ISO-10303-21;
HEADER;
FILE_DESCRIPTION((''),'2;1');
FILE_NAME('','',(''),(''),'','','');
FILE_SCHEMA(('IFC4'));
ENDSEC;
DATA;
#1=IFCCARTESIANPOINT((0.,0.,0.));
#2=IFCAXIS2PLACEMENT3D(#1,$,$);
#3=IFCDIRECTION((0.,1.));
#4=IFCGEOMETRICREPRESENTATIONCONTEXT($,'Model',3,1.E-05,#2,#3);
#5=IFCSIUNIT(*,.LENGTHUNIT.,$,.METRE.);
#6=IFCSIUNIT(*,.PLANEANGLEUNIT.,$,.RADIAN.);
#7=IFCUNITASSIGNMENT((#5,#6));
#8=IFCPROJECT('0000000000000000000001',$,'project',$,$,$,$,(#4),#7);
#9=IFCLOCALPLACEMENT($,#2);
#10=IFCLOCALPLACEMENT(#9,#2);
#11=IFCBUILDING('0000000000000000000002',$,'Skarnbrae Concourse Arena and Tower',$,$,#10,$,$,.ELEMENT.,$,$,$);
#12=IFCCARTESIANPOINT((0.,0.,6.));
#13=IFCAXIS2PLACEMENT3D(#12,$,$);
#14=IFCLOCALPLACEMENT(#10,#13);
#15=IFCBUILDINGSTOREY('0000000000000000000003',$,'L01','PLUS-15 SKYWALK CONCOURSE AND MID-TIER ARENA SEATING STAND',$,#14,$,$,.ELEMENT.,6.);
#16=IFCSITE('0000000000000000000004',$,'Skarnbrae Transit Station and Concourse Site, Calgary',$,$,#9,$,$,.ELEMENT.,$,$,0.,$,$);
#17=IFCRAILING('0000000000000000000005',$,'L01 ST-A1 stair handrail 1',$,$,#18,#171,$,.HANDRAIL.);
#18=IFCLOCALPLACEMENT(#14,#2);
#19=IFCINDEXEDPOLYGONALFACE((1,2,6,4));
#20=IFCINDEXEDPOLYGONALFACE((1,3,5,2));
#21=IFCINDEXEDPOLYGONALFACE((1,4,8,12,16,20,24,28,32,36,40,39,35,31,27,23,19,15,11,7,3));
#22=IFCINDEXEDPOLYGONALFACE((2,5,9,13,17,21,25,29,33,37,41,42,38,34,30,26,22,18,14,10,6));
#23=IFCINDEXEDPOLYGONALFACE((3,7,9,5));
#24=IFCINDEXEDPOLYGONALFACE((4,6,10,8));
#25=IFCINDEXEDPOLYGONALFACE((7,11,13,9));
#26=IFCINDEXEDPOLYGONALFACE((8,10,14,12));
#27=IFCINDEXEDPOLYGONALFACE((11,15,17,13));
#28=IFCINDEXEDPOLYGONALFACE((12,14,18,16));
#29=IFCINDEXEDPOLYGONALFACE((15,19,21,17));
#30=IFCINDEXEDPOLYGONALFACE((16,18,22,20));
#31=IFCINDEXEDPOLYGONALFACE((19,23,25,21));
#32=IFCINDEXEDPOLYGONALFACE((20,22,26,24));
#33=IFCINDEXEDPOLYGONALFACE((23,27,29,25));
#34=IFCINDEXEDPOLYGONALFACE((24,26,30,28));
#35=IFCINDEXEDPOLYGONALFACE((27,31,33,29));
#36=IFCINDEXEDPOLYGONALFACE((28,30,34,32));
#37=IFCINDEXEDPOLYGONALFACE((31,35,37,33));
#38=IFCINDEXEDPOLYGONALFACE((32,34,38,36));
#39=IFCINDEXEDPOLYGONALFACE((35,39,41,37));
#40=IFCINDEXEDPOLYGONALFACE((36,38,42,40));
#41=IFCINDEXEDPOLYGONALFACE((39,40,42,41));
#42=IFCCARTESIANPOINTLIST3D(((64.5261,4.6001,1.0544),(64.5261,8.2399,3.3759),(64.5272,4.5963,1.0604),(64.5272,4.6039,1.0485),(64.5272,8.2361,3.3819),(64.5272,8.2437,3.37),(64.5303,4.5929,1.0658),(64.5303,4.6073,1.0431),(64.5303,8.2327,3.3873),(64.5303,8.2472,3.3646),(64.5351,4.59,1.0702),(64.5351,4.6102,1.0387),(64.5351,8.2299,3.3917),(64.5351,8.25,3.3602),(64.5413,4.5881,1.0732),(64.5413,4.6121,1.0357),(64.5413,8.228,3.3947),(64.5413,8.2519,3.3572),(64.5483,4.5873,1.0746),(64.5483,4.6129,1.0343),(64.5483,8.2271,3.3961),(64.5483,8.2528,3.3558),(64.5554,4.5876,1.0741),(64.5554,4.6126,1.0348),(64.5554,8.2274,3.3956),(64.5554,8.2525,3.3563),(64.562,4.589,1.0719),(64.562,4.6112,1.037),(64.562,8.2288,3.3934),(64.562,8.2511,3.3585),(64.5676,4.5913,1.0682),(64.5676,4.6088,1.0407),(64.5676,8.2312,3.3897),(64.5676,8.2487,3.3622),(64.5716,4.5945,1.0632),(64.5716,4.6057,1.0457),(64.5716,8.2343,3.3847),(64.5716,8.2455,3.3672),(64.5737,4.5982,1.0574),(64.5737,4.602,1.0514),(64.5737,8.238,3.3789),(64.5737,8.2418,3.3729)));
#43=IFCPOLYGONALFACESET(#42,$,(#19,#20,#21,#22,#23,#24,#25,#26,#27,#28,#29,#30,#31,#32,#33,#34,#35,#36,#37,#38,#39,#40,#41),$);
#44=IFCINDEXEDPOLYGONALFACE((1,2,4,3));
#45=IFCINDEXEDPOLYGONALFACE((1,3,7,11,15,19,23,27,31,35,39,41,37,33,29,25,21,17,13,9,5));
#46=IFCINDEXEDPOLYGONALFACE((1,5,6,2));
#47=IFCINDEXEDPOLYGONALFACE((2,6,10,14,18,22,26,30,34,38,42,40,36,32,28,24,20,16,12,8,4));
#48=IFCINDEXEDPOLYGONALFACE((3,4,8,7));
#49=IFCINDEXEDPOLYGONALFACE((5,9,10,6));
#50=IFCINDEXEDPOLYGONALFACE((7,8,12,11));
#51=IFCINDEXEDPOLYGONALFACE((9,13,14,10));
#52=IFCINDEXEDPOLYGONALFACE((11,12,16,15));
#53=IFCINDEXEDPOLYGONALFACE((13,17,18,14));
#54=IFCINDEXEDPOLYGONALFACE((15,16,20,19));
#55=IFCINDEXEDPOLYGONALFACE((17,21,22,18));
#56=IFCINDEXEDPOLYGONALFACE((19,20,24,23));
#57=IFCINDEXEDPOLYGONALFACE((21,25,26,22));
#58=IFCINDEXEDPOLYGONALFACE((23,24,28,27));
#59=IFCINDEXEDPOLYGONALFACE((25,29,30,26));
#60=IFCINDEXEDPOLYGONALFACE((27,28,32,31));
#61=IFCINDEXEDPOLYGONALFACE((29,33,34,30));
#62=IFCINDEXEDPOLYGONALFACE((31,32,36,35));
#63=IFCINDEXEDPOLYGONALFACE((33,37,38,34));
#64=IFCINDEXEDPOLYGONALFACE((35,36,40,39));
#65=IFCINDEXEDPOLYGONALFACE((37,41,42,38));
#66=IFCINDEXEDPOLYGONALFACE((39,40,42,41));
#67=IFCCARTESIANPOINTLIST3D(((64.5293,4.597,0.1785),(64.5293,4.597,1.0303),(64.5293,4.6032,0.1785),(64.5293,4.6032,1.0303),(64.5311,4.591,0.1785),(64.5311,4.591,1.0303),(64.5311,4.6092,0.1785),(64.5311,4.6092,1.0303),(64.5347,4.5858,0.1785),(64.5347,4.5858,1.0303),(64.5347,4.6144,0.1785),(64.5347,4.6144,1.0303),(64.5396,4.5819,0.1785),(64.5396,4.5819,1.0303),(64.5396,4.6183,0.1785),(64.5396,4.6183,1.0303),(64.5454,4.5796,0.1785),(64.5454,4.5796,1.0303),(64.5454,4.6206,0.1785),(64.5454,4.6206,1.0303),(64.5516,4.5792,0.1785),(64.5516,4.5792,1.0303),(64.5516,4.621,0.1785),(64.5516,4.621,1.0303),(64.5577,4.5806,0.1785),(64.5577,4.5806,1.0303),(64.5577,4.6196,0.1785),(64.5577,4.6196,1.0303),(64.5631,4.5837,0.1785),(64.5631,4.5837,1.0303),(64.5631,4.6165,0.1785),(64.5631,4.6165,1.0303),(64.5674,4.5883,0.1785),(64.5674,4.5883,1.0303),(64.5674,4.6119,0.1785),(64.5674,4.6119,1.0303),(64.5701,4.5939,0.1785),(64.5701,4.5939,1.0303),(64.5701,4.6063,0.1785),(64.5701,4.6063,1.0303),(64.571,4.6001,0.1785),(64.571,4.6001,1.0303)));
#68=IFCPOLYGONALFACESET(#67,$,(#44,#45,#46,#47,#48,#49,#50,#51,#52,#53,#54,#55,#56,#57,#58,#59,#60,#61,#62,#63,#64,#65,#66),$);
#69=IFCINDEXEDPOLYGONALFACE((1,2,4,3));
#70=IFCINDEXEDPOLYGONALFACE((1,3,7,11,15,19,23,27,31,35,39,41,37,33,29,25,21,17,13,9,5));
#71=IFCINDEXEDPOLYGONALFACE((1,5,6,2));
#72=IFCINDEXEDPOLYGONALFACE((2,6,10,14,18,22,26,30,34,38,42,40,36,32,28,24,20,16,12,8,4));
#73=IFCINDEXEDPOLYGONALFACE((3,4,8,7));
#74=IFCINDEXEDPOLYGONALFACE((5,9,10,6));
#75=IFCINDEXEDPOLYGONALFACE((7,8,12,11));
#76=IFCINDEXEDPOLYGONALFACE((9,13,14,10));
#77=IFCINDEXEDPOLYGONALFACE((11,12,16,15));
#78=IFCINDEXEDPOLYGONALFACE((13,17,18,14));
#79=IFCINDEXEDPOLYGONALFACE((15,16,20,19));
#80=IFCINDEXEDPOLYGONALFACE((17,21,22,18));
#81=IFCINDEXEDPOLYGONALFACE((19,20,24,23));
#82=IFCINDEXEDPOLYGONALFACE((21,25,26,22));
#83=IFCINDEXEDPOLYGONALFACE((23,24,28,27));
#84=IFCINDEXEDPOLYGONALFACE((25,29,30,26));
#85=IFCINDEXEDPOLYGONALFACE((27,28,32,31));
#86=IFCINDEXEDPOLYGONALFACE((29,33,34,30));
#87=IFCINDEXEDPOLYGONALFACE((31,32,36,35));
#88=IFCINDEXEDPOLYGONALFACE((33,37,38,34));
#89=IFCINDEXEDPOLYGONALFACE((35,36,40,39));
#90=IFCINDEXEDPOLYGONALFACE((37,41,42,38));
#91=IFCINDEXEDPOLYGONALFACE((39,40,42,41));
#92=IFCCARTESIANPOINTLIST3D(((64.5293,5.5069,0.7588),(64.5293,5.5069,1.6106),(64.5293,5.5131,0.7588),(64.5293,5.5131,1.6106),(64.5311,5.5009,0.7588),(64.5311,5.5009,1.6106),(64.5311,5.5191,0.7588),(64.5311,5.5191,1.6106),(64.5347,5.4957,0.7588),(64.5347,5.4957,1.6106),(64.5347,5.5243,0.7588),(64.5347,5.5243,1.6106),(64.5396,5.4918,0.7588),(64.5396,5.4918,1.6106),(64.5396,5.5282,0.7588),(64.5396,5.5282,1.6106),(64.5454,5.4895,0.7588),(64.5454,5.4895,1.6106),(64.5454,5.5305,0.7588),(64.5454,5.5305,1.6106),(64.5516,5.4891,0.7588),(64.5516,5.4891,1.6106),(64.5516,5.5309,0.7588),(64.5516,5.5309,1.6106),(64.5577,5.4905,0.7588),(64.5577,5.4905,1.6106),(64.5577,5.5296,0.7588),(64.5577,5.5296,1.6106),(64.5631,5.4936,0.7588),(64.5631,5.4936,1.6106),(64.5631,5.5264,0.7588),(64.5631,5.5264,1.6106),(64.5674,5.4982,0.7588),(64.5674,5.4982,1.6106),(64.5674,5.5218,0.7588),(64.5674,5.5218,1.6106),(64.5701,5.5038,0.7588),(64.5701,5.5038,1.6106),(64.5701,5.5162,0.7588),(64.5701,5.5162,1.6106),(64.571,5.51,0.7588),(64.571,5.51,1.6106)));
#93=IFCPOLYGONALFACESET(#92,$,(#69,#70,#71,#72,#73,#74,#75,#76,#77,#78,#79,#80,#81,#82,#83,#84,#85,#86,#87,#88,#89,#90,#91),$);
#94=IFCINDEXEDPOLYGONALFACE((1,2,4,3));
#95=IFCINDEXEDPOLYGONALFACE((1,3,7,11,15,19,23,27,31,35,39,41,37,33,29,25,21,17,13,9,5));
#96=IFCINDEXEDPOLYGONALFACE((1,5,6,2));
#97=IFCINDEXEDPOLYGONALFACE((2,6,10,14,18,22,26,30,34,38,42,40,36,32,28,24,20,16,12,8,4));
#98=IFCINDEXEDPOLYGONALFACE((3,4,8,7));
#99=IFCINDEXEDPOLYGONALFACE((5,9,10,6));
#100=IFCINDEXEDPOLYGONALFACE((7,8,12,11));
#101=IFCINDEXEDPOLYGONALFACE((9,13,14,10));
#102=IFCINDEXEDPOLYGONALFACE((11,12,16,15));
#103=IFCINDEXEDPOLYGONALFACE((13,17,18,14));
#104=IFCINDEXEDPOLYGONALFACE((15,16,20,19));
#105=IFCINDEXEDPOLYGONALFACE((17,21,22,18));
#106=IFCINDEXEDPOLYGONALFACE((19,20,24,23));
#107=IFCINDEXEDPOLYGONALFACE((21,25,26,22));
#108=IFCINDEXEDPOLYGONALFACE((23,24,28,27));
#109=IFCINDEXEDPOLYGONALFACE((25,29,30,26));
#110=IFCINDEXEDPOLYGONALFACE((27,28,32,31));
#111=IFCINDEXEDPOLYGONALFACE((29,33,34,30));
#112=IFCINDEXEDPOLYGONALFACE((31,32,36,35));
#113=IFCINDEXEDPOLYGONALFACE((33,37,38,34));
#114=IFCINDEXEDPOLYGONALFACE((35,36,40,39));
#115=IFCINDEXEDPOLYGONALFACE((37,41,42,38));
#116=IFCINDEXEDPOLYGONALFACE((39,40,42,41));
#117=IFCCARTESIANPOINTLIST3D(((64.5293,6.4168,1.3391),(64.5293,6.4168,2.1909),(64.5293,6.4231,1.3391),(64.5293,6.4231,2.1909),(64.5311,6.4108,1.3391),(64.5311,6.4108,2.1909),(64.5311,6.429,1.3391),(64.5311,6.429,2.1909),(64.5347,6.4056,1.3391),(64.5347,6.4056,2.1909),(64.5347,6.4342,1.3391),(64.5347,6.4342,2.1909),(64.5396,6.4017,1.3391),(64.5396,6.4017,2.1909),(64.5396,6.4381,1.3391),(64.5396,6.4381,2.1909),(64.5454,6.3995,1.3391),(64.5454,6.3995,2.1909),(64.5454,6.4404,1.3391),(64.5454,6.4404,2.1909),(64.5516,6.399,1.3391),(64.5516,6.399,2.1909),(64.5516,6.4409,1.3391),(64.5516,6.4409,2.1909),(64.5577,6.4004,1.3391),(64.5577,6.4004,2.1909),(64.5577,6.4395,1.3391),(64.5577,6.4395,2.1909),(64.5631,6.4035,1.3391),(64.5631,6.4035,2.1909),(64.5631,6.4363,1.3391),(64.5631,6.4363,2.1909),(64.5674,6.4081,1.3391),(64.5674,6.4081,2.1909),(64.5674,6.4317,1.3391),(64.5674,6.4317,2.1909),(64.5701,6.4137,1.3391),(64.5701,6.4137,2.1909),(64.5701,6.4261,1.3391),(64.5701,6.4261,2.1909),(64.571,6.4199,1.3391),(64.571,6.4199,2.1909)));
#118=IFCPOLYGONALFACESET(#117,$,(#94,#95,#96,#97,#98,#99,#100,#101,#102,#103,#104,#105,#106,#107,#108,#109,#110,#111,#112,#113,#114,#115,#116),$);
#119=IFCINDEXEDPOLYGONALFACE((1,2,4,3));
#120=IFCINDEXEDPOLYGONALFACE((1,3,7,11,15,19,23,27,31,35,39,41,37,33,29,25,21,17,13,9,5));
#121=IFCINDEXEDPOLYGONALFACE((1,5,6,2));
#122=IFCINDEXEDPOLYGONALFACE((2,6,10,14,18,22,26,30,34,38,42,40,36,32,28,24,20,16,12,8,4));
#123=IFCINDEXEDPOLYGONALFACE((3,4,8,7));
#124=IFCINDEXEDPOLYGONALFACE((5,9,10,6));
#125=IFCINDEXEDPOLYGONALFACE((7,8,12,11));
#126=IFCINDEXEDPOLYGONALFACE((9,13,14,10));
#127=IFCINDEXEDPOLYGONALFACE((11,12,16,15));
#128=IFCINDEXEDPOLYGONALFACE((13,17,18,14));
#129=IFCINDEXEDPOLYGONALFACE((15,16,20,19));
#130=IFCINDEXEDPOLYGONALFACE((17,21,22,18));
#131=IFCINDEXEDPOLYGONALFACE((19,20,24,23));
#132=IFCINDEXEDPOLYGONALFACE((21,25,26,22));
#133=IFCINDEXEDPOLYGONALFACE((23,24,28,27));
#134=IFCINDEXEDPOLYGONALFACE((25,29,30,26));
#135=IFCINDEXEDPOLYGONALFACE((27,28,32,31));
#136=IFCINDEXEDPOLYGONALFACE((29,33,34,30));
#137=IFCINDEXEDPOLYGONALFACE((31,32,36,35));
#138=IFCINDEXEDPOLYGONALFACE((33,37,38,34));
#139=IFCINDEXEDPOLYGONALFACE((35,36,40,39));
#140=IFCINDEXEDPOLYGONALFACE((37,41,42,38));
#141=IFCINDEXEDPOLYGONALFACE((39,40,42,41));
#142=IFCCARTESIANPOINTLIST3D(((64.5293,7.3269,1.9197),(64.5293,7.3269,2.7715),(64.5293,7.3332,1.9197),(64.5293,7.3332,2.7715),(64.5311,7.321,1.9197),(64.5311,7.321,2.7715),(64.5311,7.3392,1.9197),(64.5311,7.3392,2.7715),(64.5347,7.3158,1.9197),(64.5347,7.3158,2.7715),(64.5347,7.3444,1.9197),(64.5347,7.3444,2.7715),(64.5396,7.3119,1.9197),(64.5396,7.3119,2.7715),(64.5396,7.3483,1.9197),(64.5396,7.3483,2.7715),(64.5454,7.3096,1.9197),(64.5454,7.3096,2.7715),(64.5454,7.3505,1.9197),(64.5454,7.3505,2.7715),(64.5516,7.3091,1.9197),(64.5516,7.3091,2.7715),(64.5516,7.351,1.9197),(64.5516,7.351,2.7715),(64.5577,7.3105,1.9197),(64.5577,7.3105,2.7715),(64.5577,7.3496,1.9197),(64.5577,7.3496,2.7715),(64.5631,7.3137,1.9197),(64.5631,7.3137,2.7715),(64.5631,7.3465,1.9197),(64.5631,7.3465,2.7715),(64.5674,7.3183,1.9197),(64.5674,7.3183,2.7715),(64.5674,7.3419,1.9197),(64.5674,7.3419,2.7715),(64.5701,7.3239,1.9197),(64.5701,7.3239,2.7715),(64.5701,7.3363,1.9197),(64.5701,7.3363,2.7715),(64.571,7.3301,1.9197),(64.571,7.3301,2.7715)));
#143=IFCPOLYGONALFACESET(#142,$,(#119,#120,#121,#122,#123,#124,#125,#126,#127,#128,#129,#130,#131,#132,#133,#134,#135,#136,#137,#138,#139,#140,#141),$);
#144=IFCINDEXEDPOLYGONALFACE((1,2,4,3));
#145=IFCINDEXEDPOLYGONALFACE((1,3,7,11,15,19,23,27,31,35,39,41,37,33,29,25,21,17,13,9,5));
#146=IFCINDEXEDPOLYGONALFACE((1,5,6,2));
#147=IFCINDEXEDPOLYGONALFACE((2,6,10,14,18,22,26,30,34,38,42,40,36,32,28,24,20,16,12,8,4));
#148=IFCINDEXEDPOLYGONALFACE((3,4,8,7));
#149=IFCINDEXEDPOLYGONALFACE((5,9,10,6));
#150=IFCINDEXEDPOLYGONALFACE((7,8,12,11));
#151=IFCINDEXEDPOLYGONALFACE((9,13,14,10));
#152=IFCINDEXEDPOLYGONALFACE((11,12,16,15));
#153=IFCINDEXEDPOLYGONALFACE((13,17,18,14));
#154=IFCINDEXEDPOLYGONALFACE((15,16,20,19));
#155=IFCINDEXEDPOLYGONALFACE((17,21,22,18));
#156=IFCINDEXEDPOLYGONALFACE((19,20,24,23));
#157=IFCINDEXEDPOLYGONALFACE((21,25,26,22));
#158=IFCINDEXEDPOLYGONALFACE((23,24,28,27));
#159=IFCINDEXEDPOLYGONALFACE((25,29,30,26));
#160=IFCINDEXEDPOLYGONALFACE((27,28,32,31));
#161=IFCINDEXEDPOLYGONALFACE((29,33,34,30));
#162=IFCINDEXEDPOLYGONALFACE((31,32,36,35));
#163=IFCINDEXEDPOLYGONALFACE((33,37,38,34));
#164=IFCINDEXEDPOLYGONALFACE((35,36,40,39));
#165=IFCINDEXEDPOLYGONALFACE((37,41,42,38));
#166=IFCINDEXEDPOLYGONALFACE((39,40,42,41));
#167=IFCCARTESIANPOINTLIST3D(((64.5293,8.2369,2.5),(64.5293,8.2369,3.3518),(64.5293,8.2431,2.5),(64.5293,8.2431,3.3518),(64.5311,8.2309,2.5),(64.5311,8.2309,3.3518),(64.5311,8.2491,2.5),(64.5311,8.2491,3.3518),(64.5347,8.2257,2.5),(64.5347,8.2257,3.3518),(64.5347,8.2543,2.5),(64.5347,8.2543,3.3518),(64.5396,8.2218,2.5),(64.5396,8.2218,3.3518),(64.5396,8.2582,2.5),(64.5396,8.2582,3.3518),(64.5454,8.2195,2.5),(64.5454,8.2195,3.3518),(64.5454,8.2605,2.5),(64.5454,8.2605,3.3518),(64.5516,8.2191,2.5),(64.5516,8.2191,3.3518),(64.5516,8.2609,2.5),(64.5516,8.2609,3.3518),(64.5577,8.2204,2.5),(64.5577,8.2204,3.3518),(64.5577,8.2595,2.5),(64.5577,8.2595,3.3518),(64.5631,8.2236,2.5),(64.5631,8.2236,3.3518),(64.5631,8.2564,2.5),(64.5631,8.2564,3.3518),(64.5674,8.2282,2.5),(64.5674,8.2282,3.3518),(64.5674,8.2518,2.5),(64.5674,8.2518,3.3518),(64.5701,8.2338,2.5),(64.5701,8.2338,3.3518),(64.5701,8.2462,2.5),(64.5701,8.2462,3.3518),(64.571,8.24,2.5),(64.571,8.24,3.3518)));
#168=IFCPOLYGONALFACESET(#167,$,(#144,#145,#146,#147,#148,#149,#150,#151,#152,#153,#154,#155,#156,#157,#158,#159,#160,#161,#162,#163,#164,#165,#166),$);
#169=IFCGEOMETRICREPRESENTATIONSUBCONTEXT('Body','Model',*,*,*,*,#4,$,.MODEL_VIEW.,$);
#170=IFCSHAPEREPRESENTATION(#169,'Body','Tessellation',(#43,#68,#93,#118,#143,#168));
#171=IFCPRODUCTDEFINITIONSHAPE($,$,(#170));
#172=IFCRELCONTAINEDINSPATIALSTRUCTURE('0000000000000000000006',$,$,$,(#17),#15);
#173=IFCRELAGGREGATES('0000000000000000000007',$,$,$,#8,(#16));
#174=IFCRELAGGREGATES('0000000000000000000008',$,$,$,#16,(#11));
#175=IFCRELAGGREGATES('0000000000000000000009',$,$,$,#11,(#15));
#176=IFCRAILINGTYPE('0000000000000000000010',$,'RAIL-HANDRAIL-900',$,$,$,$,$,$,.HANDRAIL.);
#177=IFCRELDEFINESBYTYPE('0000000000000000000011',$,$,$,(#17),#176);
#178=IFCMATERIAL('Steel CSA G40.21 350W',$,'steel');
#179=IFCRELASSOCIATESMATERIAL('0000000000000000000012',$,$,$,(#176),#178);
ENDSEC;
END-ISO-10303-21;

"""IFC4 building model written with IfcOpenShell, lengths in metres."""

from ifc_helpers import new_model, si_unit, direction, frame, origin, origin_2d, place, context, subcontext, project, spatial, circle, extrude, material, type_object, element, save


model = new_model("IFC4")

# Units and contexts
model_context = context("Model", 3, precision=1e-05, world=origin(), true_north=direction((0.0, 1.0)))
body_context = subcontext(model_context, "Body", "Model", "MODEL_VIEW")
ifc_project = project(units=[si_unit("LENGTHUNIT", "METRE"), si_unit("PLANEANGLEUNIT", "RADIAN")], contexts=[model_context])

# Site, building, storey
site_placement = place(None, origin())
site = spatial("IfcSite", under=ifc_project, at=site_placement, Name="Skarnbrae Transit Station and Concourse Site, Calgary", CompositionType="ELEMENT", RefElevation=0.0)
building_placement = place(site_placement, origin())
building = spatial("IfcBuilding", under=site, at=building_placement, Name="Skarnbrae Concourse Arena and Tower", CompositionType="ELEMENT")
storey_placement = place(building_placement, frame((0.0, 0.0, 6.0)))
storey = spatial("IfcBuildingStorey", under=building, at=storey_placement, Name="L01", Description="PLUS-15 SKYWALK CONCOURSE AND MID-TIER ARENA SEATING STAND", CompositionType="ELEMENT", Elevation=6.0)

# Shared definitions
ifc_material_1 = material(Name="Steel CSA G40.21 350W", Category="steel")

# Railing
railing_type_1 = type_object("IfcRailingType", Name="RAIL-HANDRAIL-900", PredefinedType="HANDRAIL", material=ifc_material_1)
railing_1_placement = place(storey_placement, frame((64.55, 4.6001, 0.1785)))
element("IfcRailing", 1, at=railing_1_placement, inside=storey, type_object=railing_type_1, Name="L01 ST-A1 stair handrail 1", PredefinedType="HANDRAIL", context=body_context, shape_type="SweptSolid", body=[
    extrude(circle(Radius=0.0239, at=origin_2d()), frame((0.0, 0.0, 0.876), z_axis=(0.0, 0.843112, 0.537739), x_axis=(-1.0, 0.0, 0.0)), (0.0, 0.0, 1.0), 4.3171),
    extrude(circle(Radius=0.021, at=origin_2d()), origin(), (0.0, 0.0, 1.0), 0.8518),
    extrude(circle(Radius=0.021, at=origin_2d()), frame((0.0, 0.9099, 0.5803)), (0.0, 0.0, 1.0), 0.8518),
    extrude(circle(Radius=0.021, at=origin_2d()), frame((0.0, 1.8198, 1.1606)), (0.0, 0.0, 1.0), 0.8518),
    extrude(circle(Radius=0.021, at=origin_2d()), frame((0.0, 2.73, 1.7412)), (0.0, 0.0, 1.0), 0.8518),
    extrude(circle(Radius=0.021, at=origin_2d()), frame((0.0, 3.6399, 2.3215)), (0.0, 0.0, 1.0), 0.8518),
])

save(model, "model.ifc")
